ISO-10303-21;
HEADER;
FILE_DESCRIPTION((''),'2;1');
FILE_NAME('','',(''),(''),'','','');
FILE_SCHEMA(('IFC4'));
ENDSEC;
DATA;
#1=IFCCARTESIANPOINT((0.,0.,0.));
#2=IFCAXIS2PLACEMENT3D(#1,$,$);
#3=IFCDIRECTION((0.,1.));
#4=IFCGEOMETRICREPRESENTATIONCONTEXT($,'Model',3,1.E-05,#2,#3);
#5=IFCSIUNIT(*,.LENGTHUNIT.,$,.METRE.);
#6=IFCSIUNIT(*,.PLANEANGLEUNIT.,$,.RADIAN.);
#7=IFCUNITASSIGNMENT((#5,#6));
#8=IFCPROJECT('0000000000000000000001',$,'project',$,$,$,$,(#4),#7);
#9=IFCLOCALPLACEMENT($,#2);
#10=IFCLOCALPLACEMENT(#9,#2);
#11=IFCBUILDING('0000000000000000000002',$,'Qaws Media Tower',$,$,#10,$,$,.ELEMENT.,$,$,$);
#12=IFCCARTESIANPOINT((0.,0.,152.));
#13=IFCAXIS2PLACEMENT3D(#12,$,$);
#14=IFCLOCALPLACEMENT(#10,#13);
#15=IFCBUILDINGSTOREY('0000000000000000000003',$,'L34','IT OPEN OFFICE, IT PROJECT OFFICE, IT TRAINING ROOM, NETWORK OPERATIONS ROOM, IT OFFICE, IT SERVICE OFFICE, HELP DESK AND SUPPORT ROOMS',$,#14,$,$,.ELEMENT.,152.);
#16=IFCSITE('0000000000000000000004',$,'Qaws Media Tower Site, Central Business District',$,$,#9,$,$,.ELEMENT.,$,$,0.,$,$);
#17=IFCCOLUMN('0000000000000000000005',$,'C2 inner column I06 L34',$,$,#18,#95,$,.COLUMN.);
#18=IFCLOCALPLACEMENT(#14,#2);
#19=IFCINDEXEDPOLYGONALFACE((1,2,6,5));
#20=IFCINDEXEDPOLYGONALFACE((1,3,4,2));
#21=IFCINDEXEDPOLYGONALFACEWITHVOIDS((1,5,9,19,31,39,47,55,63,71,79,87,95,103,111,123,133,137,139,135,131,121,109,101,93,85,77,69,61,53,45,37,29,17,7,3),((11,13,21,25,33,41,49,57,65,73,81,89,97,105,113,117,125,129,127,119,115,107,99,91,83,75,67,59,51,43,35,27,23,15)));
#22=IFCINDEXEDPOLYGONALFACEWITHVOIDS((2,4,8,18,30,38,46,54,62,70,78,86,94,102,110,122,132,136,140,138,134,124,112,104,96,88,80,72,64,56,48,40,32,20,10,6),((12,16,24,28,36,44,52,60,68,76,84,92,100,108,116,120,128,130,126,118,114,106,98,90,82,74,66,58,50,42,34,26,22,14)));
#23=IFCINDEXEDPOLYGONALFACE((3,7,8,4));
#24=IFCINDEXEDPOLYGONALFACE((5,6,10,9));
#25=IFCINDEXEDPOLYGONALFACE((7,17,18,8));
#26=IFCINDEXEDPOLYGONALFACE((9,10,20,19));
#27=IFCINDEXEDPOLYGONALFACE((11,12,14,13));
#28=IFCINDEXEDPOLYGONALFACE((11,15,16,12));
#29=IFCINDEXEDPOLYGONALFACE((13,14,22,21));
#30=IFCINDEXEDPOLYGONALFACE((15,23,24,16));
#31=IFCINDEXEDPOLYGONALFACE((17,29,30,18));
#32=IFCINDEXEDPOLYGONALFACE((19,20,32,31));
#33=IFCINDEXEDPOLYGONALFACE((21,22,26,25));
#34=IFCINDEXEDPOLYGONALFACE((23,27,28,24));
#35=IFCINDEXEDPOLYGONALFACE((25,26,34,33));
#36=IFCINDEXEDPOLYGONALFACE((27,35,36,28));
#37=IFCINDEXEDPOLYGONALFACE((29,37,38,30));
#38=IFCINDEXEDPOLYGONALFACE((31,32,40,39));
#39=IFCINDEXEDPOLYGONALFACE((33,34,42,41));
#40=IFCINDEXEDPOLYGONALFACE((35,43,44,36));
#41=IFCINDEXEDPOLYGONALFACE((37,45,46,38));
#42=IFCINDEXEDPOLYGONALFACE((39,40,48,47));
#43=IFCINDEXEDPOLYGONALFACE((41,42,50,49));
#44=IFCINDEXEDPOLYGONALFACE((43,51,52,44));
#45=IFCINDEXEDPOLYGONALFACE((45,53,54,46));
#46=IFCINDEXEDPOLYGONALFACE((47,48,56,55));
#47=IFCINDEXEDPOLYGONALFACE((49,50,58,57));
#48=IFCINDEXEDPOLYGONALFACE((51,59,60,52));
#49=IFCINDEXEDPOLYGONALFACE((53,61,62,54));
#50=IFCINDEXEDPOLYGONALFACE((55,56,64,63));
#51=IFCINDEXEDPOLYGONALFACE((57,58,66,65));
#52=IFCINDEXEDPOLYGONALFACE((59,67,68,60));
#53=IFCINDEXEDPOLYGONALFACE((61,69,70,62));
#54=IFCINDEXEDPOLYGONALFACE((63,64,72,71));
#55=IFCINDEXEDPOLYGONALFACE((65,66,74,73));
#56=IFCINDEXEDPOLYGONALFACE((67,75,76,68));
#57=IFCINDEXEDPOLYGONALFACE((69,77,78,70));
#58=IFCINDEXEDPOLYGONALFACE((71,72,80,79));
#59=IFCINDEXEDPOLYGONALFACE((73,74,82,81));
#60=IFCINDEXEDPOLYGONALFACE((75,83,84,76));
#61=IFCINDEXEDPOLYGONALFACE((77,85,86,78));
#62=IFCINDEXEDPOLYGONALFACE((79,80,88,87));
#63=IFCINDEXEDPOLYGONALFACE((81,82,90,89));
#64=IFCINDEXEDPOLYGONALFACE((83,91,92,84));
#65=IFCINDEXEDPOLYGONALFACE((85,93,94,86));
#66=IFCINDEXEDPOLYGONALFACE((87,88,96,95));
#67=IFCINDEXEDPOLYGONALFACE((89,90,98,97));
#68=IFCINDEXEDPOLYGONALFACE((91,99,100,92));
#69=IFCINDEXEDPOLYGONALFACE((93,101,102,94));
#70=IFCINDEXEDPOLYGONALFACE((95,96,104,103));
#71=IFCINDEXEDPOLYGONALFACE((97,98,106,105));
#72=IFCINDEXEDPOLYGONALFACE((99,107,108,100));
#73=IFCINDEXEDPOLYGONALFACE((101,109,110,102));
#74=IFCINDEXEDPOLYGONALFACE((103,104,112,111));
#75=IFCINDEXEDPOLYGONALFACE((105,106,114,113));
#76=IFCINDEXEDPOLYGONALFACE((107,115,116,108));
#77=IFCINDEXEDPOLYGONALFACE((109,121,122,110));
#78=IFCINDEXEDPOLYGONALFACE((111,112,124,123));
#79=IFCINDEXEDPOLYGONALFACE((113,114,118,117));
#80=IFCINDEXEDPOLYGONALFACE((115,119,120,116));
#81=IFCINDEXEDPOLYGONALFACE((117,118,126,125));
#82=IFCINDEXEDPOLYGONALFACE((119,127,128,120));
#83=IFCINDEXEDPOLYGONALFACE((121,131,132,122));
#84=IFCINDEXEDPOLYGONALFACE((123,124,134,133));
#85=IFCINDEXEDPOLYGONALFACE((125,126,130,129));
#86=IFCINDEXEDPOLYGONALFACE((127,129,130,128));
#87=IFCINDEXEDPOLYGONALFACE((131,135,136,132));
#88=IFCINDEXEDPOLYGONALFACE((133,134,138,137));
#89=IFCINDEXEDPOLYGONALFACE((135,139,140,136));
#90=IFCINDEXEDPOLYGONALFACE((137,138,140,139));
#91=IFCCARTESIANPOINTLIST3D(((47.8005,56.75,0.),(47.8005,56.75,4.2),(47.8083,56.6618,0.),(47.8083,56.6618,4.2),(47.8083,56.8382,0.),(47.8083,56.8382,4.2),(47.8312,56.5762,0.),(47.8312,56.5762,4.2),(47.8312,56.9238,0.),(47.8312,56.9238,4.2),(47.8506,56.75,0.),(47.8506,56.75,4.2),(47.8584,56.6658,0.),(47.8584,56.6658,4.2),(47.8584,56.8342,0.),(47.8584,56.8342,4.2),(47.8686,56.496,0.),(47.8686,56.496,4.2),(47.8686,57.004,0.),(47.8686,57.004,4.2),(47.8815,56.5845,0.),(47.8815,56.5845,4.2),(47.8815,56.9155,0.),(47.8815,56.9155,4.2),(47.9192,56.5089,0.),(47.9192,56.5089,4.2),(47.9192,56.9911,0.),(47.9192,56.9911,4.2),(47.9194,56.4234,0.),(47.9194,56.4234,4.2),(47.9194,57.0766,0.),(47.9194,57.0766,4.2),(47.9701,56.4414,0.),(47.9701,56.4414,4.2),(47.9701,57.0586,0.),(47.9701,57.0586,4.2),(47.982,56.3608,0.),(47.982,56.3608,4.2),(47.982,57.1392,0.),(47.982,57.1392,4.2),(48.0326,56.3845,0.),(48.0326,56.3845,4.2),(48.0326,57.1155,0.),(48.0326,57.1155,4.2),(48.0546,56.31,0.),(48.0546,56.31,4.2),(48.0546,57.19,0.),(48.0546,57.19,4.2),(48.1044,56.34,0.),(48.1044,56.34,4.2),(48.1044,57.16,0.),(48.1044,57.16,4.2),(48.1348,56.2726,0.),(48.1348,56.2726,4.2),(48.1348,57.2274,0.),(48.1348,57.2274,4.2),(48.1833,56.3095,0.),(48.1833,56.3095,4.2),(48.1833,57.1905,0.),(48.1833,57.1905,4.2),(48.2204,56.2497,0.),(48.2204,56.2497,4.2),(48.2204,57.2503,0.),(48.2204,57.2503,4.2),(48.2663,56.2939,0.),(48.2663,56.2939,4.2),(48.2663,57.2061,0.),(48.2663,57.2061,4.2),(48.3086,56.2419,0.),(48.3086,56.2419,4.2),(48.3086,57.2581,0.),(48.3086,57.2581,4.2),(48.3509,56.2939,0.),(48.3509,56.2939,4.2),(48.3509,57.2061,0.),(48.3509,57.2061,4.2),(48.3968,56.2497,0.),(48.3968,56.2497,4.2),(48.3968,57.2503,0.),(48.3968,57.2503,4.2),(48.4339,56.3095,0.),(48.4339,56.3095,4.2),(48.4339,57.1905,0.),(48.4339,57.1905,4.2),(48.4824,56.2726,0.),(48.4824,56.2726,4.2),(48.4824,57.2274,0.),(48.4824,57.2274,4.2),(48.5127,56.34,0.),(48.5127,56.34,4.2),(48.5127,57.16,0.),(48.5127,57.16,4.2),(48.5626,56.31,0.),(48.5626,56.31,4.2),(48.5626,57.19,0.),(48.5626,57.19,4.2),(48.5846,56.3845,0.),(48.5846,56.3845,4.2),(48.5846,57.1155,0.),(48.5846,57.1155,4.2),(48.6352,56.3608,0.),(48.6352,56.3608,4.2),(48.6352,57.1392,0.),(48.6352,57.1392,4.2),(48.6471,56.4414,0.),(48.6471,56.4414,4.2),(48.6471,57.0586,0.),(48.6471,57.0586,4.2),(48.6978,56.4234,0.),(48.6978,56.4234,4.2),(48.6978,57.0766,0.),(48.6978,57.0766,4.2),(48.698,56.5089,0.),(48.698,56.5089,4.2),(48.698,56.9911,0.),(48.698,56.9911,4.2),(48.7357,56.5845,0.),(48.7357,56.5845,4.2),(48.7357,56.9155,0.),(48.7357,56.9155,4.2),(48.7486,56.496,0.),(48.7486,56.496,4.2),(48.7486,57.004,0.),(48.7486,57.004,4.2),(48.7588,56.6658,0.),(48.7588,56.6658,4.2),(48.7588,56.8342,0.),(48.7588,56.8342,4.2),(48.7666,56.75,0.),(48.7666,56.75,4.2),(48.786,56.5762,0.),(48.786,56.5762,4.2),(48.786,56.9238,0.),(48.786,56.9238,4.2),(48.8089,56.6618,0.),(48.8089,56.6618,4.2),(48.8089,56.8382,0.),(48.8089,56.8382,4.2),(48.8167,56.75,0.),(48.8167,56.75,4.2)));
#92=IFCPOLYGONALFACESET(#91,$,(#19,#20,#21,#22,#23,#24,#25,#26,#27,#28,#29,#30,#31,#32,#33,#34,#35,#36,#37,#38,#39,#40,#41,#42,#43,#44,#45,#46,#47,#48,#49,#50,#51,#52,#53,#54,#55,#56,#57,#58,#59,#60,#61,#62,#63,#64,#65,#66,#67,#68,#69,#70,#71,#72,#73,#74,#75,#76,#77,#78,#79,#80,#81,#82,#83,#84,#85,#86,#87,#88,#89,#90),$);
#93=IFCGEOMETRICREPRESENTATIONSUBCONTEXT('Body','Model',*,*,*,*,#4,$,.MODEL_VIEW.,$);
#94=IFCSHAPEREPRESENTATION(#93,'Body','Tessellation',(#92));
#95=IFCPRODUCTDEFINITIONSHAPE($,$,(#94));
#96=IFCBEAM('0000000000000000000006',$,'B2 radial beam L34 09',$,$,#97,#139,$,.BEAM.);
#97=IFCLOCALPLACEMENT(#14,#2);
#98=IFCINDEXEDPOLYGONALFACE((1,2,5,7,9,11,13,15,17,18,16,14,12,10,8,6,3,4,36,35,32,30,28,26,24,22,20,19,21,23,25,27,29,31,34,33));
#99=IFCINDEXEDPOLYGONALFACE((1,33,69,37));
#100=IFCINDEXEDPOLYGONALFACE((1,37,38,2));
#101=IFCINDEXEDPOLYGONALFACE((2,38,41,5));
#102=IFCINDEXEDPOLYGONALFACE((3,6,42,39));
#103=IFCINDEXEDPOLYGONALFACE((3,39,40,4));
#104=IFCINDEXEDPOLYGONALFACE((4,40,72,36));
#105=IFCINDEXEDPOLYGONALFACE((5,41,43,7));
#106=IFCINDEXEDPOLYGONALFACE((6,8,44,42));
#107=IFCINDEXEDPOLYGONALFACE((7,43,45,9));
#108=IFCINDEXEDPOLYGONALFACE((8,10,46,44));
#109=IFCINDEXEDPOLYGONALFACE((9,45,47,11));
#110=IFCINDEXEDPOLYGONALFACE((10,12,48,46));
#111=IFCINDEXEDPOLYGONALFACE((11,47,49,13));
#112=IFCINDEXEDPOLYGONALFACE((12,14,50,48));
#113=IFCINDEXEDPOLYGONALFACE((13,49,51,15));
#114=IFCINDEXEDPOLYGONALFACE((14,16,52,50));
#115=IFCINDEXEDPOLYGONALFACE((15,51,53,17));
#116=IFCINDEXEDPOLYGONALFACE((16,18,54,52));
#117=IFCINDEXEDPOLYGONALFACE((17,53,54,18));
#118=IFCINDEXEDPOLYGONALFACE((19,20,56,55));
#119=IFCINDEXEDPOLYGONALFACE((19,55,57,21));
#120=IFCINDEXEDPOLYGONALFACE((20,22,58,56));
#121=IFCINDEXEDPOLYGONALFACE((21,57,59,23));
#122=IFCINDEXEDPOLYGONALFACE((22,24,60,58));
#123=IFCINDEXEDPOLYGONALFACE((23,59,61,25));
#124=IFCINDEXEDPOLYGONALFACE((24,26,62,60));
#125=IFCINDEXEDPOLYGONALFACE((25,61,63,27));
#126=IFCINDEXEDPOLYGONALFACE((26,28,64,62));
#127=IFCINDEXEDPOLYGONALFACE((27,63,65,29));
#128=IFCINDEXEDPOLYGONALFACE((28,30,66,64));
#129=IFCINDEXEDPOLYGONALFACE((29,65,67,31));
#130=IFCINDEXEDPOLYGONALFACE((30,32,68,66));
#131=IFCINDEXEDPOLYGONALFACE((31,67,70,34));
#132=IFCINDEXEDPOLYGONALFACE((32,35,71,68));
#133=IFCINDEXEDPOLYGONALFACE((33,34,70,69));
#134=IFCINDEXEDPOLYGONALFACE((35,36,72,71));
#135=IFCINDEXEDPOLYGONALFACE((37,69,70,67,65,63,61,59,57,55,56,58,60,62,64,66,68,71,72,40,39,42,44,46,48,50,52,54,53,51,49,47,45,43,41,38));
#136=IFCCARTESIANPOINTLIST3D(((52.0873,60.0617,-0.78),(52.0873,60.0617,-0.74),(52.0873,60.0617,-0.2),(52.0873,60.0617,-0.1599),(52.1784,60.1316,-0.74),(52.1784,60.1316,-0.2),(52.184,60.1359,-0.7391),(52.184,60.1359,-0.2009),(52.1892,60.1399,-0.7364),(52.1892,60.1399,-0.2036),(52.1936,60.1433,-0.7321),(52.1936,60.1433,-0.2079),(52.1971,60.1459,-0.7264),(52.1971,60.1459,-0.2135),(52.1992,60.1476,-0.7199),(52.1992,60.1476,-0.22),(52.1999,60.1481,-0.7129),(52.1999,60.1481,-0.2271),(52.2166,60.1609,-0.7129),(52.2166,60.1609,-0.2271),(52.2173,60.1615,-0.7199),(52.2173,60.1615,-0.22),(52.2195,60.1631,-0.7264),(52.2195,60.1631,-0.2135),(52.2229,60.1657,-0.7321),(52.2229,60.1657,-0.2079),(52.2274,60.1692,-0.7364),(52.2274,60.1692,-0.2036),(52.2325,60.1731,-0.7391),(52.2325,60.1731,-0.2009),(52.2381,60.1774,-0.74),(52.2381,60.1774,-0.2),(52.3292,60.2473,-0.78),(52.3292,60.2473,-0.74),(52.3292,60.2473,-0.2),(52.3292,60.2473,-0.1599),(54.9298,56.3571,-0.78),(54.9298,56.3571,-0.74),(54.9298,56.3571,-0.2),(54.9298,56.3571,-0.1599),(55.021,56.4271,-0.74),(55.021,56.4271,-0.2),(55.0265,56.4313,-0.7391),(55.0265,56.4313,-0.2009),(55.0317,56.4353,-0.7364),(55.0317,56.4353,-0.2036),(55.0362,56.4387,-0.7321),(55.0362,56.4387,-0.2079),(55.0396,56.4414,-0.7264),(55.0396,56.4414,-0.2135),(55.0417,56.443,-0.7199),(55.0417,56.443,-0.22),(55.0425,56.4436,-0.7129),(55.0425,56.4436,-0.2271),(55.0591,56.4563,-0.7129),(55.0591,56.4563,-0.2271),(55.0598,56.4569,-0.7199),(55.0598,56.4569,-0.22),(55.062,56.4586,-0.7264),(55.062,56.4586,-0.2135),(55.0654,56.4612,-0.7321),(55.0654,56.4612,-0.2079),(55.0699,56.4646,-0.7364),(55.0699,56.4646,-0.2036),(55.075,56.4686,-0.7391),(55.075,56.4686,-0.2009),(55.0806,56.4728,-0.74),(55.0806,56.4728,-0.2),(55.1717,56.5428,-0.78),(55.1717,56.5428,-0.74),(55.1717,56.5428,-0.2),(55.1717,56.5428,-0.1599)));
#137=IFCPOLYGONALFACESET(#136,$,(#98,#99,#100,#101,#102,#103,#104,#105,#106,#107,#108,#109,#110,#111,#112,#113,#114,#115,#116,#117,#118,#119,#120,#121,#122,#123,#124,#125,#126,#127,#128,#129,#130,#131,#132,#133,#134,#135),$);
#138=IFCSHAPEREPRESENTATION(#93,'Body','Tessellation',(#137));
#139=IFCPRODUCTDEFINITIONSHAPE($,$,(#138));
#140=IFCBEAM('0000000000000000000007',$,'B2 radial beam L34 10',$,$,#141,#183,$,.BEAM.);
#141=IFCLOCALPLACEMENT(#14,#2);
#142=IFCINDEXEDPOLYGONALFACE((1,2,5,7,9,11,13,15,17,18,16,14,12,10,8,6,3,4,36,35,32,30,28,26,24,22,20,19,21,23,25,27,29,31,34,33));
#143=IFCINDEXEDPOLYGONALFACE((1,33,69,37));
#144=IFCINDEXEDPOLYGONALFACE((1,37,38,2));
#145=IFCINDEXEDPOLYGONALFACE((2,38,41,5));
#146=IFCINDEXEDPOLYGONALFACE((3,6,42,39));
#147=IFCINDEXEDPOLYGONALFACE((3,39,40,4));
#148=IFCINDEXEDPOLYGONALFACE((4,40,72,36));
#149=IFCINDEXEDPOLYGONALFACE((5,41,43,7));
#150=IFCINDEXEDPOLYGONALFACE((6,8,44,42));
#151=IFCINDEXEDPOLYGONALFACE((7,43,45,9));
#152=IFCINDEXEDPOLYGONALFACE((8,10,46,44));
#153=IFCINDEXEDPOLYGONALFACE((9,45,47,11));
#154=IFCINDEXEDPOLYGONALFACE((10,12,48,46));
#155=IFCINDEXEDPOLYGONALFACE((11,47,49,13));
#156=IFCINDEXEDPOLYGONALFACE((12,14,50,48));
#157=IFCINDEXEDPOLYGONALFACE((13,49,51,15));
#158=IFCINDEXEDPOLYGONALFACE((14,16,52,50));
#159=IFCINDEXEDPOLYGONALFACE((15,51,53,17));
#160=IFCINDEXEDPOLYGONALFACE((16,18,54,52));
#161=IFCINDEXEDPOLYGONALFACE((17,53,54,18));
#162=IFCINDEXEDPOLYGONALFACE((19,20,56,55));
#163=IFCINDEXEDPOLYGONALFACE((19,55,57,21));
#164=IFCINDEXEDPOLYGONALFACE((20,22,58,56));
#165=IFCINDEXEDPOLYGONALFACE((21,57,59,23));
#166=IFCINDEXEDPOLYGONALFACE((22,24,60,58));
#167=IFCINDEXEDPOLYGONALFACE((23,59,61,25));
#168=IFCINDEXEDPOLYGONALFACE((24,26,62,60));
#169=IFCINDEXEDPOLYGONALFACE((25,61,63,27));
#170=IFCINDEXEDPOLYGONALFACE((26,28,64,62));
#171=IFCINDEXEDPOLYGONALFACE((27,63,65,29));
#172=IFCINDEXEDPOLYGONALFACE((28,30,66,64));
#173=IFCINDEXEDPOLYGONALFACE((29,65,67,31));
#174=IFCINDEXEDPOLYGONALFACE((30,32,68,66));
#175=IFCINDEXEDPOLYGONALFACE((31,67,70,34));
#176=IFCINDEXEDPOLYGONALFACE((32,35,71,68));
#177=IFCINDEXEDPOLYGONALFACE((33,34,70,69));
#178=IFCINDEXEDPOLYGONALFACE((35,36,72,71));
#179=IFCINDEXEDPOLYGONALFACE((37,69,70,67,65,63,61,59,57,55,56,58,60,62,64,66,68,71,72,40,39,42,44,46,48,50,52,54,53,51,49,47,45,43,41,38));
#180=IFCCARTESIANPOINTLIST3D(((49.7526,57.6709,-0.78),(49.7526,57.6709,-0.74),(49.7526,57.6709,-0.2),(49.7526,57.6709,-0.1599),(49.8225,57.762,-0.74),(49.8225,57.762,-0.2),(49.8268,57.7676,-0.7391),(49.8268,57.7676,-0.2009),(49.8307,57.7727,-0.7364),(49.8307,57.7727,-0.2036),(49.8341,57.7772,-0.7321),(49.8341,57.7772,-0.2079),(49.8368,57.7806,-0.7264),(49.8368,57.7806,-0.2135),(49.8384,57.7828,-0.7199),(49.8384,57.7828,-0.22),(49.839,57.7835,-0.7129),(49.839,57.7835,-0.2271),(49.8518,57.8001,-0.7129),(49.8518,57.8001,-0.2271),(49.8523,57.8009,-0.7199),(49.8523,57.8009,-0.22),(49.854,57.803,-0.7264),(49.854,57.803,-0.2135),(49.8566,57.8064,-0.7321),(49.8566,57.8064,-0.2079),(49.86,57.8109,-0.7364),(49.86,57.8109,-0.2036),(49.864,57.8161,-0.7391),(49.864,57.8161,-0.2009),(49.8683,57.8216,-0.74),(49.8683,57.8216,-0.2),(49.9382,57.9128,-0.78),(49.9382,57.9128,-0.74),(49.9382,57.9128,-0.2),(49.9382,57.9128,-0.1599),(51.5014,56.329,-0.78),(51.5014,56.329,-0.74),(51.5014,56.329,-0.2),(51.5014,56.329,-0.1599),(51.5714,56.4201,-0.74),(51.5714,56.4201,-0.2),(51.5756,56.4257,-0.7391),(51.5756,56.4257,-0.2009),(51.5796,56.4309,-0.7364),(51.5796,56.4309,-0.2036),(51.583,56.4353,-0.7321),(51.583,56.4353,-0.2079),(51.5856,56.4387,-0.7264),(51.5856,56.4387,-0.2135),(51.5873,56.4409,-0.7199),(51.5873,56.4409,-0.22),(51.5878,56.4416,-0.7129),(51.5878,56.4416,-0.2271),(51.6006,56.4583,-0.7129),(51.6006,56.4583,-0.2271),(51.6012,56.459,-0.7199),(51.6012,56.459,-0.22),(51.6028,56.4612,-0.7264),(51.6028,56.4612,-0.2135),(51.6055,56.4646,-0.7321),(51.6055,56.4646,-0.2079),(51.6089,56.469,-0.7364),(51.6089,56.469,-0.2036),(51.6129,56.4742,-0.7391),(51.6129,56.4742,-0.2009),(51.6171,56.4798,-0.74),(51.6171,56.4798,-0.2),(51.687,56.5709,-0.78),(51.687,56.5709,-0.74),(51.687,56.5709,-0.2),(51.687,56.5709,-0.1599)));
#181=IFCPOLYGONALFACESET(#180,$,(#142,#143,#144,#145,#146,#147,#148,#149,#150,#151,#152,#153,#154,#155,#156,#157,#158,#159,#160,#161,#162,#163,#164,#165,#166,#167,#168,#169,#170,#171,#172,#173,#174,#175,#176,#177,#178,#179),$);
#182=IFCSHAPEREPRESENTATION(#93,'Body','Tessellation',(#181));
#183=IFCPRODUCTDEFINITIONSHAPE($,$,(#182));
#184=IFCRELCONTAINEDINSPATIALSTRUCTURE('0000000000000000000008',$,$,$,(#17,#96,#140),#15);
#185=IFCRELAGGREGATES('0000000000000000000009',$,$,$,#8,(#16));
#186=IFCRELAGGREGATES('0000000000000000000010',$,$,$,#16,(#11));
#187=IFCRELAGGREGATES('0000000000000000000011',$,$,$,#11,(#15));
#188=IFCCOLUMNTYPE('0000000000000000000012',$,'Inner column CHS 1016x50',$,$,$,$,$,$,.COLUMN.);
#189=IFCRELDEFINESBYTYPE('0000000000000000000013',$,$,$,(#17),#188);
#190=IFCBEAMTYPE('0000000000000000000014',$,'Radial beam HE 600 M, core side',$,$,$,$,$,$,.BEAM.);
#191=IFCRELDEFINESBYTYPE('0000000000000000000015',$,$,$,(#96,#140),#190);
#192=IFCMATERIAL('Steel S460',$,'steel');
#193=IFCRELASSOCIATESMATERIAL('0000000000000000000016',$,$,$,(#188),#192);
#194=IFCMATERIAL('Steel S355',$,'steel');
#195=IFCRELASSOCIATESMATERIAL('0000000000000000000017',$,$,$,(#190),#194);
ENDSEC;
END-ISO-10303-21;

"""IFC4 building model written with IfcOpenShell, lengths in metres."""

from ifc_helpers import new_model, si_unit, direction, frame, origin, origin_2d, place, context, subcontext, project, spatial, hollow_circle, i_section, extrude, material, material_profile, profile_set, type_object, element, save


model = new_model("IFC4")

# Units and contexts
model_context = context("Model", 3, precision=1e-05, world=origin(), true_north=direction((0.0, 1.0)))
body_context = subcontext(model_context, "Body", "Model", "MODEL_VIEW")
ifc_project = project(units=[si_unit("LENGTHUNIT", "METRE"), si_unit("PLANEANGLEUNIT", "RADIAN")], contexts=[model_context])

# Site, building, storey
site_placement = place(None, origin())
site = spatial("IfcSite", under=ifc_project, at=site_placement, Name="Qaws Media Tower Site, Central Business District", CompositionType="ELEMENT", RefElevation=0.0)
building_placement = place(site_placement, origin())
building = spatial("IfcBuilding", under=site, at=building_placement, Name="Qaws Media Tower", CompositionType="ELEMENT")
storey_placement = place(building_placement, frame((0.0, 0.0, 152.0)))
storey = spatial("IfcBuildingStorey", under=building, at=storey_placement, Name="L34", Description="IT OPEN OFFICE, IT PROJECT OFFICE, IT TRAINING ROOM, NETWORK OPERATIONS ROOM, IT OFFICE, IT SERVICE OFFICE, HELP DESK AND SUPPORT ROOMS", CompositionType="ELEMENT", Elevation=152.0)

# Column
ifc_material_1 = material(Name="Steel S460", Category="steel")
ifc_material_profile_1 = material_profile(ifc_material_1, hollow_circle(Radius=0.5081, WallThickness=0.05, at=origin_2d()), Name="CHS 1016x50")
ifc_profile_set_1 = profile_set([ifc_material_profile_1], Name="Steel S460")
column_type = type_object("IfcColumnType", Name="Inner column CHS 1016x50", PredefinedType="COLUMN", material=ifc_profile_set_1)
column_placement = place(storey_placement, frame((48.3086, 56.75, 0.0), z_axis=(0.0, 0.0, 1.0), x_axis=(1.0, 0.0, 0.0)))
element("IfcColumn", 1, at=column_placement, inside=storey, type_object=column_type, Name="C2 inner column I06 L34", PredefinedType="COLUMN", context=body_context, shape_type="SweptSolid", body=[
    extrude(hollow_circle(Radius=0.5081, WallThickness=0.05, at=origin_2d()), origin(), (0.0, 0.0, 1.0), 4.2),
])

# Beams
ifc_material_2 = material(Name="Steel S355", Category="steel")
ifc_material_profile_2 = material_profile(ifc_material_2, i_section(OverallWidth=0.3049, OverallDepth=0.6201, WebThickness=0.021, FlangeThickness=0.04, FilletRadius=0.0271, at=origin_2d()), Name="HE 600 M")
ifc_profile_set_2 = profile_set([ifc_material_profile_2], Name="Steel S355")
beam_type_1 = type_object("IfcBeamType", Name="Radial beam HE 600 M, core side", PredefinedType="BEAM", material=ifc_profile_set_2)
beam_1_placement = place(storey_placement, frame((55.0508, 56.45, -0.47), z_axis=(-0.608748, 0.793364, 0.0), x_axis=(-0.793364, -0.608748, 0.0)))
element("IfcBeam", 2, at=beam_1_placement, inside=storey, type_object=beam_type_1, Name="B2 radial beam L34 09", PredefinedType="BEAM", context=body_context, shape_type="SweptSolid", body=[
    extrude(i_section(OverallWidth=0.3049, OverallDepth=0.6201, WebThickness=0.021, FlangeThickness=0.04, FilletRadius=0.0271, at=origin_2d()), origin(), (0.0, 0.0, 1.0), 4.6694),
])
beam_2_placement = place(storey_placement, frame((51.5942, 56.45, -0.47), z_axis=(-0.793373, 0.608736, 0.0), x_axis=(-0.608736, -0.793373, 0.0)))
element("IfcBeam", 3, at=beam_2_placement, inside=storey, type_object=beam_type_1, Name="B2 radial beam L34 10", PredefinedType="BEAM", context=body_context, shape_type="SweptSolid", body=[
    extrude(i_section(OverallWidth=0.3049, OverallDepth=0.6201, WebThickness=0.021, FlangeThickness=0.04, FilletRadius=0.0271, at=origin_2d()), origin(), (0.0, 0.0, 1.0), 2.2043),
])

save(model, "model.ifc")
